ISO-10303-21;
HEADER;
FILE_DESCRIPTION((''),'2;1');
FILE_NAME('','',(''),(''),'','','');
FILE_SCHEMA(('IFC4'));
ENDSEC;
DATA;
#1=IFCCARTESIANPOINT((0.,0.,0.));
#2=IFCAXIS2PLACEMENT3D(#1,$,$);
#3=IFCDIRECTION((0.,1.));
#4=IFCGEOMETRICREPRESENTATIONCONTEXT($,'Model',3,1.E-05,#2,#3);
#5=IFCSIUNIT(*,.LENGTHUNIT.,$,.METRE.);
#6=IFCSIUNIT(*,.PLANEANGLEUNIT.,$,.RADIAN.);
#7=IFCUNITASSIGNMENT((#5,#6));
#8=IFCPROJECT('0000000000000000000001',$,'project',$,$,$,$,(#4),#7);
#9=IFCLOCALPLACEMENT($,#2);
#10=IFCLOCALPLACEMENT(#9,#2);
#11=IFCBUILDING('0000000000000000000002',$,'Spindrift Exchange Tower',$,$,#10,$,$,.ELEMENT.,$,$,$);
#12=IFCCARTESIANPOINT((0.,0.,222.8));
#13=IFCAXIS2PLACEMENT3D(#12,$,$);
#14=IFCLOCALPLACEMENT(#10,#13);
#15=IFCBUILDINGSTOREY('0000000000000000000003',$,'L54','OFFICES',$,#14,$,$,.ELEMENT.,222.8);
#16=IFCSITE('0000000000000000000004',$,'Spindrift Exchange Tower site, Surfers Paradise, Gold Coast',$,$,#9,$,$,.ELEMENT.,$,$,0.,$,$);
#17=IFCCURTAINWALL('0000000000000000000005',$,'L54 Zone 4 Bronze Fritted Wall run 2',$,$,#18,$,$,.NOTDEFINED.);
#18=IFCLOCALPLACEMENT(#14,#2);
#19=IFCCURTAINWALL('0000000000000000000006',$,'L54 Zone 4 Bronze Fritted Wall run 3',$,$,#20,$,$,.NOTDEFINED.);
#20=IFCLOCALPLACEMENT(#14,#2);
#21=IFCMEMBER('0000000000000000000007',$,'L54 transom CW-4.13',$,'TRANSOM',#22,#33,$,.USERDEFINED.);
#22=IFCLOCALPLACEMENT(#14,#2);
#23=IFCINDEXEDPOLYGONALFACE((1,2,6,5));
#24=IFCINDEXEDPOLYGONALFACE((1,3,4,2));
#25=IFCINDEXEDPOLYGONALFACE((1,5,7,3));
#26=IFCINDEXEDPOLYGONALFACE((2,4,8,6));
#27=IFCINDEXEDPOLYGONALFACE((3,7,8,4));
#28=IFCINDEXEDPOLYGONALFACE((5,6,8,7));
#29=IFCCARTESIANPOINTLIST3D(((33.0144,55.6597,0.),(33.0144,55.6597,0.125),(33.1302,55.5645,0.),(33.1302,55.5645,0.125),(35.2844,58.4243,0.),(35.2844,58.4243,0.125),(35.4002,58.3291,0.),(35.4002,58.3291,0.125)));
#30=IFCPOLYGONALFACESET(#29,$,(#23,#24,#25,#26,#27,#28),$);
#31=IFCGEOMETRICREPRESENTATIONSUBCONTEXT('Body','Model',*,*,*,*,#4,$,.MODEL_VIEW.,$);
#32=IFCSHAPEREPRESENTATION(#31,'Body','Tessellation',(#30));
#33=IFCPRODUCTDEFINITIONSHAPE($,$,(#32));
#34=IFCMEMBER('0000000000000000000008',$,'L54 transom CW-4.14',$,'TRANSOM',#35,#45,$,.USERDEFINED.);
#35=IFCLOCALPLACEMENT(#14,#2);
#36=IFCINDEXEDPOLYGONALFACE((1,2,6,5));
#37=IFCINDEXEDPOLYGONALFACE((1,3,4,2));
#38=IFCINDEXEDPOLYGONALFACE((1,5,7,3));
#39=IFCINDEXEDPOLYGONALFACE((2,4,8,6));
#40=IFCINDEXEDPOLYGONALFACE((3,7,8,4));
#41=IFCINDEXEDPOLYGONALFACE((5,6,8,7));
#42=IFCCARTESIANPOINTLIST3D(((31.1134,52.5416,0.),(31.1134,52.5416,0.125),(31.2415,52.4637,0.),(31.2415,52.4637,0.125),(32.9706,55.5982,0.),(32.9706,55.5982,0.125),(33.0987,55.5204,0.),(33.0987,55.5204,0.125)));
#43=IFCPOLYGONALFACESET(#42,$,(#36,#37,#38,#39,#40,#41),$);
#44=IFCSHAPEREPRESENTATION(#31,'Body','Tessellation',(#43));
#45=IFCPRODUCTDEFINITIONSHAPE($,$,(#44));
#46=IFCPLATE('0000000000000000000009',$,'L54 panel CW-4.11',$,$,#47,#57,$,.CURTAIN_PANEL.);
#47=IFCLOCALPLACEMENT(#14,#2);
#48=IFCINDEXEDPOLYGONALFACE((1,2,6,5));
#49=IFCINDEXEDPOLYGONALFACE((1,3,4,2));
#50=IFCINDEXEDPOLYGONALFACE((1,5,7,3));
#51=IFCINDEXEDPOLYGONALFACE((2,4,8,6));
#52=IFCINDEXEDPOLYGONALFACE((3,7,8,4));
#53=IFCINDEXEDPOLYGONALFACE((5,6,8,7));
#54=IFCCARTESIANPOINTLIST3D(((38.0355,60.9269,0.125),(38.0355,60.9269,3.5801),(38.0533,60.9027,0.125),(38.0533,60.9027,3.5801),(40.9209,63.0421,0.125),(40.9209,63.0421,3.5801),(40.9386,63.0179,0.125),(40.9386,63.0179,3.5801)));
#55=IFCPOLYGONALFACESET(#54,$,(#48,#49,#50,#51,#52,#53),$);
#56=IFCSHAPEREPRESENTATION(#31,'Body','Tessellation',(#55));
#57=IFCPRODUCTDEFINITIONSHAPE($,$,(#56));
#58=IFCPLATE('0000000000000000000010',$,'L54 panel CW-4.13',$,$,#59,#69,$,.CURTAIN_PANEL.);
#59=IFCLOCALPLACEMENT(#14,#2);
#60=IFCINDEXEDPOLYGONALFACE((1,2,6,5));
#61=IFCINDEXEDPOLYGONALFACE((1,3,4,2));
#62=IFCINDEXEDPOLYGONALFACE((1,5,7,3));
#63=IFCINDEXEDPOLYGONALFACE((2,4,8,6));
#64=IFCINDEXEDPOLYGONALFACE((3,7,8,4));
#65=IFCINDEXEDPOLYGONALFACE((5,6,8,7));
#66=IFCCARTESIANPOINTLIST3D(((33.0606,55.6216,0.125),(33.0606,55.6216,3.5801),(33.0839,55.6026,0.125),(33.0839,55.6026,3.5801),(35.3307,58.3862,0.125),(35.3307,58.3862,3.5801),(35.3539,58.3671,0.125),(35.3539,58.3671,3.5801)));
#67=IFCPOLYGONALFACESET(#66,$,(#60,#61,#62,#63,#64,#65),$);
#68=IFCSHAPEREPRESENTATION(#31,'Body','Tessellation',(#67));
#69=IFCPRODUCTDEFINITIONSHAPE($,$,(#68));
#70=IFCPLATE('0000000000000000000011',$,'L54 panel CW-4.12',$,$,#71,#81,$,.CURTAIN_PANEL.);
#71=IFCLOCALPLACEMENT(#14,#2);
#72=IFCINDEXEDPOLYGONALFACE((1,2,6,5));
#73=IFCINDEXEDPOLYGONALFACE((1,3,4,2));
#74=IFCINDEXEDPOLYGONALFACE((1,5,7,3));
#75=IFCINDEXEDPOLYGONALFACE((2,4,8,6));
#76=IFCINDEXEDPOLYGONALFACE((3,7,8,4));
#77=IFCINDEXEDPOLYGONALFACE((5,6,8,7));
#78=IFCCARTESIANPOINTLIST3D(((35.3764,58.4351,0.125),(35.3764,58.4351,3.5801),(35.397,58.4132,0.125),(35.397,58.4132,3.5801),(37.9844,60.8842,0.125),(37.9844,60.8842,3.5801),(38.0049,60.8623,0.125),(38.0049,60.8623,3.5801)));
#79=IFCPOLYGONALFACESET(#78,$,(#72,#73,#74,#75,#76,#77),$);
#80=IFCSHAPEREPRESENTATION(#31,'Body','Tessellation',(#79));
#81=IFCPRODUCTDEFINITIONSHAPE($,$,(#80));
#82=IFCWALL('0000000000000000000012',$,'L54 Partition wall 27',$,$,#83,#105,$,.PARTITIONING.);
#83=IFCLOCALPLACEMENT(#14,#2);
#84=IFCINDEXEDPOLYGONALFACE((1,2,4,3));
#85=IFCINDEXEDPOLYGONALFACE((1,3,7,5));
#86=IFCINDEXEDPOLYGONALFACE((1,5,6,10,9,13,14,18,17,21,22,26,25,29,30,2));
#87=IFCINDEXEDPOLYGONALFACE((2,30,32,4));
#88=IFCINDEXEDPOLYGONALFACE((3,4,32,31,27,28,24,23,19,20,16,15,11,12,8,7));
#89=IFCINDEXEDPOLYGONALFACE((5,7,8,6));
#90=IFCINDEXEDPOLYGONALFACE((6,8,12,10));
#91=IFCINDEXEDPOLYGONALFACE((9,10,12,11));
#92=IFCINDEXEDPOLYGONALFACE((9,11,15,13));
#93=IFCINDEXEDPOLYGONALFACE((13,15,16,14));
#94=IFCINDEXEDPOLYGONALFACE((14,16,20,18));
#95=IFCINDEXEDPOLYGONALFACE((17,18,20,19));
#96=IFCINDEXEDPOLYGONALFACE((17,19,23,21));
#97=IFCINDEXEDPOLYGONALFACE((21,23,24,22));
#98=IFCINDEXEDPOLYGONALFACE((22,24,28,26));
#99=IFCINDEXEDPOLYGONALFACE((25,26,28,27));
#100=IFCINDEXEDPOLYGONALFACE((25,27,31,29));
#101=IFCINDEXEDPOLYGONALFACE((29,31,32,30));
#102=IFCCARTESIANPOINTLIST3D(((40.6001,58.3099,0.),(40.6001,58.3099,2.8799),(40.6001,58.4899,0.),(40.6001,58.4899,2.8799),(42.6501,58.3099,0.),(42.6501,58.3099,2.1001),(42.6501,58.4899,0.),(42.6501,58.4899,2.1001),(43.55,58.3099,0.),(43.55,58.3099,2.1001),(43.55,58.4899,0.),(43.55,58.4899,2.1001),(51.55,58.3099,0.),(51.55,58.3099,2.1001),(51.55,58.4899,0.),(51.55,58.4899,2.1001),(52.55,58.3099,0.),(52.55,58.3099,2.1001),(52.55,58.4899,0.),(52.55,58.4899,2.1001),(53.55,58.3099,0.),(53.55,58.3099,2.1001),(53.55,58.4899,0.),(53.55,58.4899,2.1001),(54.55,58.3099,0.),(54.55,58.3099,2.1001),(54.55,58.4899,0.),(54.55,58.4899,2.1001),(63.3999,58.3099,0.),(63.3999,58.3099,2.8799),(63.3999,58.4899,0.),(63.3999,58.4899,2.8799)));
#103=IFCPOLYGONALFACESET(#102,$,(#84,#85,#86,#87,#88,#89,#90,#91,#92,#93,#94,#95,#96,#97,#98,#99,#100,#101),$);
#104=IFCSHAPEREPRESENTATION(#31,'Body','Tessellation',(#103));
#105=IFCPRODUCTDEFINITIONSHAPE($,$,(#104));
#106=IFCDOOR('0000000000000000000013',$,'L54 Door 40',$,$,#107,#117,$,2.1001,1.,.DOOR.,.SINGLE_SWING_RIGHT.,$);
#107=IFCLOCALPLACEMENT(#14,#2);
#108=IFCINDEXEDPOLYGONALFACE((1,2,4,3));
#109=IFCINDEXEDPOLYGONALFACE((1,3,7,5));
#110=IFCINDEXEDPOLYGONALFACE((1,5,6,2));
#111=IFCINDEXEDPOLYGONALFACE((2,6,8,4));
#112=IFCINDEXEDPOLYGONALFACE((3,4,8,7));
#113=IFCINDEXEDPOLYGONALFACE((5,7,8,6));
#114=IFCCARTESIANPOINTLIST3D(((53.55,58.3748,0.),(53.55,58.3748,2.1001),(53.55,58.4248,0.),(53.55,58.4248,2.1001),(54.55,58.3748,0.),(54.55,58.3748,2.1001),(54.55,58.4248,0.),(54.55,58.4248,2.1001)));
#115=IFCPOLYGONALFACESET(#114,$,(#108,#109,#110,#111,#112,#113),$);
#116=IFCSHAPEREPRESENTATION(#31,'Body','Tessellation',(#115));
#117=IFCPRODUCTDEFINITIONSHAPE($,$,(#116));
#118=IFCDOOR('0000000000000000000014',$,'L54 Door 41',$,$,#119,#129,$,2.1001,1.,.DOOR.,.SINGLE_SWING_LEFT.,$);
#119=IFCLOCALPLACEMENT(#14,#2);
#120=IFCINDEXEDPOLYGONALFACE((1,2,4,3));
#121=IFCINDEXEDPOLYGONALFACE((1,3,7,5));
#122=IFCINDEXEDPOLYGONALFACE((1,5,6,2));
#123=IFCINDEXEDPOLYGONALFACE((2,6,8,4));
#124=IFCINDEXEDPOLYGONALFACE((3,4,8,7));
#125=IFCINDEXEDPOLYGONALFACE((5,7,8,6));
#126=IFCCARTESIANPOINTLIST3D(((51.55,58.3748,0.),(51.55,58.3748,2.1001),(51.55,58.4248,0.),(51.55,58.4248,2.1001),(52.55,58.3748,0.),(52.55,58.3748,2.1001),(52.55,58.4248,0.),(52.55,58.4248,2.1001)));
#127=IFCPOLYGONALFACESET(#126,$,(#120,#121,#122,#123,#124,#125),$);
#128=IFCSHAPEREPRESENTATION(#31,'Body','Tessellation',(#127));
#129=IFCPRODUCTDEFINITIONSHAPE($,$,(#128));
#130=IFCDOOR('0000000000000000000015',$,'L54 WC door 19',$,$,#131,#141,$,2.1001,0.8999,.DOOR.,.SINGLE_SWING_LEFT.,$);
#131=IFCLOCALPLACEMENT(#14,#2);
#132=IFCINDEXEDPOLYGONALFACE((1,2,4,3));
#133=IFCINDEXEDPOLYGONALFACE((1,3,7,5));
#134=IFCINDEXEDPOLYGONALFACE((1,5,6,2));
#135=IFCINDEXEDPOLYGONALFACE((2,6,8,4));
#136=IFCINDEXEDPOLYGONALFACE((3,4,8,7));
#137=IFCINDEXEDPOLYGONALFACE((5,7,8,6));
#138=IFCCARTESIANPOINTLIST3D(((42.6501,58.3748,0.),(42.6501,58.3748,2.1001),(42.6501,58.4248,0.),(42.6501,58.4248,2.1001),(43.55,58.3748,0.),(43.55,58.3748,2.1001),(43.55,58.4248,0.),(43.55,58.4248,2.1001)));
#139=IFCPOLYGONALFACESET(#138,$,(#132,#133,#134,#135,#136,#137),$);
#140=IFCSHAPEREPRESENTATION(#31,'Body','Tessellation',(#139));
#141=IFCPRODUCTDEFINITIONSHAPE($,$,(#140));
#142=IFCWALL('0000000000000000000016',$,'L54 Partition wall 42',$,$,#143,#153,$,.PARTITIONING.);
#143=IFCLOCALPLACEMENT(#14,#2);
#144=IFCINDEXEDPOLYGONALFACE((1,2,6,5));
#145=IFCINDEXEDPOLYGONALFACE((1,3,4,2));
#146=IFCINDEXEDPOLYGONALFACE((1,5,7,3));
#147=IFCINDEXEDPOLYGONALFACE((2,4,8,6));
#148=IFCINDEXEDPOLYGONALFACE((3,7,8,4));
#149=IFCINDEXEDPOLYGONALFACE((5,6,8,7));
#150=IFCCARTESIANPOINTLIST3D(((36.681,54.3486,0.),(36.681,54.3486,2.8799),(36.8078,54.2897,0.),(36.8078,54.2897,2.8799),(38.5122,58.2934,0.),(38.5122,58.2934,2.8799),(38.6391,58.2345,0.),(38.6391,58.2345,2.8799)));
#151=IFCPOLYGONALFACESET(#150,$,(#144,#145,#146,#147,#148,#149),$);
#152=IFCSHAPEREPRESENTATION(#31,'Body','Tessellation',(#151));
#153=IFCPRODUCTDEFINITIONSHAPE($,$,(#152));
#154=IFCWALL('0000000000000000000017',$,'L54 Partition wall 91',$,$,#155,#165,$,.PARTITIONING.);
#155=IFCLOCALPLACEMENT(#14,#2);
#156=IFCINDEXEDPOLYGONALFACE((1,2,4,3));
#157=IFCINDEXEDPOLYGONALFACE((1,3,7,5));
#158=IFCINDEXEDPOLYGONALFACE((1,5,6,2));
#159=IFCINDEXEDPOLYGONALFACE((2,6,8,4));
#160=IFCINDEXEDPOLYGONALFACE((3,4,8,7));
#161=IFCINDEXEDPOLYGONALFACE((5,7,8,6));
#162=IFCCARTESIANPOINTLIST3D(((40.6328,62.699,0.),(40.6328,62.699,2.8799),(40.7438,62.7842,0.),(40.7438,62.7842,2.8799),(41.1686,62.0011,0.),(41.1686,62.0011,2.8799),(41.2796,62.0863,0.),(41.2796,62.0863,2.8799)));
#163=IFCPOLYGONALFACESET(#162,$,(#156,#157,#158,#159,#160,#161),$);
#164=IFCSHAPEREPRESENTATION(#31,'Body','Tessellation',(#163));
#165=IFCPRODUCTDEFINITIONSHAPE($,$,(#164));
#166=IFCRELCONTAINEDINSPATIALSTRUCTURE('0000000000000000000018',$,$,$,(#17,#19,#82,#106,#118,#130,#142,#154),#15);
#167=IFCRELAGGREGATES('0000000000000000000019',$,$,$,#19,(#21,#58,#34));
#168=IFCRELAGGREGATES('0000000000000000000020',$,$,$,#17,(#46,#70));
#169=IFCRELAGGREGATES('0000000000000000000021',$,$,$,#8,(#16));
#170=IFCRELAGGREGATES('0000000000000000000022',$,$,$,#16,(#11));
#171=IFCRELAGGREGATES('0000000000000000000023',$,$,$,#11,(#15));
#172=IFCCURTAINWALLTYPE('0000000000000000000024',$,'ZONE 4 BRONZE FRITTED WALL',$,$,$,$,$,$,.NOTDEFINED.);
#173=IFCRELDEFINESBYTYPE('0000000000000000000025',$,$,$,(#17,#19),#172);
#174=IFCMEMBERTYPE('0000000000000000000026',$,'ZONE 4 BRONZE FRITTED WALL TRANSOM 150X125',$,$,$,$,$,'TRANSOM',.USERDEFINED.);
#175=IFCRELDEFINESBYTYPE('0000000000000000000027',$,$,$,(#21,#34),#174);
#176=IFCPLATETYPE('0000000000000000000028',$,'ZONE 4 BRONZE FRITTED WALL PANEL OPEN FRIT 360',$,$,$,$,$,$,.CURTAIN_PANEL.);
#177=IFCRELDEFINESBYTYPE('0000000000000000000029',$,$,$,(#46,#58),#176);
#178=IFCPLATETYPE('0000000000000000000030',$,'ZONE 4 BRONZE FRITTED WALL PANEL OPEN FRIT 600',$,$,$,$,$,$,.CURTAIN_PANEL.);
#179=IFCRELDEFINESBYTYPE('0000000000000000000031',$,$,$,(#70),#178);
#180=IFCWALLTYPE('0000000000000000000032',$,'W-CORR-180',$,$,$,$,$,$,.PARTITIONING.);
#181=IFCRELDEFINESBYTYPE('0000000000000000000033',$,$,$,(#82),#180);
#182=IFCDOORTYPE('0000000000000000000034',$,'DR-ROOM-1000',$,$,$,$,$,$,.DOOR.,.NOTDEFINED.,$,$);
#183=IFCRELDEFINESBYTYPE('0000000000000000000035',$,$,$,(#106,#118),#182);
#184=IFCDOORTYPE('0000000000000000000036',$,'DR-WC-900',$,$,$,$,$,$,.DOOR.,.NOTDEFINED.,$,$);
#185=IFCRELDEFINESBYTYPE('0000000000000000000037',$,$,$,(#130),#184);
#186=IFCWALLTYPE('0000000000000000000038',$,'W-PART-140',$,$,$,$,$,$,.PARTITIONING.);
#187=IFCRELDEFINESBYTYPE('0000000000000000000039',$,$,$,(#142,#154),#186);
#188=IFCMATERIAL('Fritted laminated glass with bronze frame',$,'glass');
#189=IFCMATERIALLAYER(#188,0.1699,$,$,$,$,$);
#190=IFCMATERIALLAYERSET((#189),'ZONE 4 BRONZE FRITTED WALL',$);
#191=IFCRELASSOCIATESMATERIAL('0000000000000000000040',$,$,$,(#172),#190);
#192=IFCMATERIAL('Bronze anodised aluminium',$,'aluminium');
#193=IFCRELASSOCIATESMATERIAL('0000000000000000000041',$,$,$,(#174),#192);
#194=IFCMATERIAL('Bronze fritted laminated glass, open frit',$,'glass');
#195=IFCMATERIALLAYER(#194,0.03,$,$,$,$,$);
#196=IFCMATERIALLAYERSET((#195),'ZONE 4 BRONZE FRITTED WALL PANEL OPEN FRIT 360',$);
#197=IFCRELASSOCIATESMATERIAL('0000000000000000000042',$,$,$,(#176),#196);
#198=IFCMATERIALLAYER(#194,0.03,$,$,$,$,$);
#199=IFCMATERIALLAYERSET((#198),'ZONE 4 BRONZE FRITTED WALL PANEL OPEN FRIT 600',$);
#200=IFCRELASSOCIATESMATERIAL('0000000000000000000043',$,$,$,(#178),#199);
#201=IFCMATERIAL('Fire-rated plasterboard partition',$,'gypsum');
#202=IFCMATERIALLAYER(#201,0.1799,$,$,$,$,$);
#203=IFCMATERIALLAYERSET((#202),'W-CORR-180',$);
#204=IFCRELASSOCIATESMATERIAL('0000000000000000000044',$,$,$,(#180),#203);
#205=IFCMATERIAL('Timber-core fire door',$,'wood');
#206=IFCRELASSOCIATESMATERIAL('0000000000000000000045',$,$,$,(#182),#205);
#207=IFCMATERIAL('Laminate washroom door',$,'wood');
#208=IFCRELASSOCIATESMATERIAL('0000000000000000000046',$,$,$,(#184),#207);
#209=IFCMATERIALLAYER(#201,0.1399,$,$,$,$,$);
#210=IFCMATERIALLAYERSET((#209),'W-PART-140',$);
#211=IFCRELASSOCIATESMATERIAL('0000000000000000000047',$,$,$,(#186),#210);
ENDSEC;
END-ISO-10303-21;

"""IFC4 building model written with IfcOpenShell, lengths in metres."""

from ifc_helpers import new_model, si_unit, direction, frame, frame_2d, origin, origin_2d, place, context, subcontext, project, spatial, rectangle, extrude, source, transform, mapped, material, layer, layer_set, material_profile, profile_set, type_object, element, fill, aggregate, save


model = new_model("IFC4")

# Units and contexts
model_context = context("Model", 3, precision=1e-05, world=origin(), true_north=direction((0.0, 1.0)))
body_context = subcontext(model_context, "Body", "Model", "MODEL_VIEW")
ifc_project = project(units=[si_unit("LENGTHUNIT", "METRE"), si_unit("PLANEANGLEUNIT", "RADIAN")], contexts=[model_context])

# Site, building, storey
site_placement = place(None, origin())
site = spatial("IfcSite", under=ifc_project, at=site_placement, Name="Spindrift Exchange Tower site, Surfers Paradise, Gold Coast", CompositionType="ELEMENT", RefElevation=0.0)
building_placement = place(site_placement, origin())
building = spatial("IfcBuilding", under=site, at=building_placement, Name="Spindrift Exchange Tower", CompositionType="ELEMENT")
storey_placement = place(building_placement, frame((0.0, 0.0, 222.8)))
storey = spatial("IfcBuildingStorey", under=building, at=storey_placement, Name="L54", Description="OFFICES", CompositionType="ELEMENT", Elevation=222.8)

# Curtain walls
ifc_material_1 = material(Name="Fritted laminated glass with bronze frame", Category="glass")
ifc_layer_1 = layer(ifc_material_1, 0.1699)
ifc_layer_set_1 = layer_set([ifc_layer_1], Name="ZONE 4 BRONZE FRITTED WALL")
curtain_wall_type = type_object("IfcCurtainWallType", Name="ZONE 4 BRONZE FRITTED WALL", PredefinedType="NOTDEFINED", material=ifc_layer_set_1)
curtain_wall_1_placement = place(storey_placement, origin())
curtain_wall_1 = element("IfcCurtainWall", 1, at=curtain_wall_1_placement, inside=storey, type_object=curtain_wall_type, Name="L54 Zone 4 Bronze Fritted Wall run 2", PredefinedType="NOTDEFINED")
ifc_material_2 = material(Name="Bronze anodised aluminium", Category="aluminium")
curtain_wall_2_placement = place(storey_placement, origin())
curtain_wall_2 = element("IfcCurtainWall", 2, at=curtain_wall_2_placement, inside=storey, type_object=curtain_wall_type, Name="L54 Zone 4 Bronze Fritted Wall run 3", PredefinedType="NOTDEFINED")

# Members
ifc_material_profile_1 = material_profile(ifc_material_2, rectangle(XDim=0.1499, YDim=0.125, at=origin_2d()), Name="ZONE 4 BRONZE FRITTED WALL TRANSOM 150X125")
ifc_profile_set_1 = profile_set([ifc_material_profile_1], Name="Bronze anodised aluminium")
member_type_1 = type_object("IfcMemberType", Name="ZONE 4 BRONZE FRITTED WALL TRANSOM 150X125", ElementType="TRANSOM", PredefinedType="USERDEFINED", material=ifc_profile_set_1)
shared_shape_1 = source(origin(), body_context, "Body", "SweptSolid", [
    extrude(rectangle(XDim=0.1499, YDim=0.125, at=origin_2d()), origin(), (0.0, 0.0, 1.0), 3.5771),
])
member_1_placement = place(storey_placement, frame((35.3423, 58.3767, 0.0625), z_axis=(-0.634582, -0.772855, 0.0), x_axis=(0.772855, -0.634582, 0.0)))
member_1 = element("IfcMember", 3, at=member_1_placement, type_object=member_type_1, Name="L54 transom CW-4.13", ObjectType="TRANSOM", PredefinedType="USERDEFINED", context=body_context, shape_type="MappedRepresentation", body=[
    mapped(shared_shape_1, transform((0.0, 0.0, 0.0), scale=1.0)),
])
shared_shape_2 = source(origin(), body_context, "Body", "SweptSolid", [
    extrude(rectangle(XDim=0.1499, YDim=0.125, at=origin_2d()), origin(), (0.0, 0.0, 1.0), 3.5767),
])
member_2_placement = place(storey_placement, frame((33.0347, 55.5593, 0.0625), z_axis=(-0.519256, -0.854619, 0.0), x_axis=(0.854619, -0.519256, 0.0)))
member_2 = element("IfcMember", 4, at=member_2_placement, type_object=member_type_1, Name="L54 transom CW-4.14", ObjectType="TRANSOM", PredefinedType="USERDEFINED", context=body_context, shape_type="MappedRepresentation", body=[
    mapped(shared_shape_2, transform((0.0, 0.0, 0.0), scale=1.0)),
])

# Plates
ifc_material_3 = material(Name="Bronze fritted laminated glass, open frit", Category="glass")
ifc_layer_2 = layer(ifc_material_3, 0.03)
ifc_layer_set_2 = layer_set([ifc_layer_2], Name="ZONE 4 BRONZE FRITTED WALL PANEL OPEN FRIT 360")
plate_type_1 = type_object("IfcPlateType", Name="ZONE 4 BRONZE FRITTED WALL PANEL OPEN FRIT 360", PredefinedType="CURTAIN_PANEL", material=ifc_layer_set_2)
shared_shape_3 = source(origin(), body_context, "Body", "SweptSolid", [
    extrude(rectangle(XDim=3.5776, YDim=0.03, at=origin_2d()), origin(), (0.0, 0.0, 1.0), 3.4551),
])
plate_1_placement = place(storey_placement, frame((39.4871, 61.9724, 0.125), z_axis=(0.0, 0.0, 1.0), x_axis=(-0.806495, -0.591241, 0.0)))
plate_1 = element("IfcPlate", 5, at=plate_1_placement, type_object=plate_type_1, Name="L54 panel CW-4.11", PredefinedType="CURTAIN_PANEL", context=body_context, shape_type="MappedRepresentation", body=[
    mapped(shared_shape_3, transform((0.0, 0.0, 0.0), scale=1.0)),
])
shared_shape_4 = source(origin(), body_context, "Body", "SweptSolid", [
    extrude(rectangle(XDim=3.5771, YDim=0.03, at=origin_2d()), origin(), (0.0, 0.0, 1.0), 3.4551),
])
plate_2_placement = place(storey_placement, frame((34.2073, 56.9944, 0.125), z_axis=(0.0, 0.0, 1.0), x_axis=(-0.634598, -0.772842, 0.0)))
plate_2 = element("IfcPlate", 6, at=plate_2_placement, type_object=plate_type_1, Name="L54 panel CW-4.13", PredefinedType="CURTAIN_PANEL", context=body_context, shape_type="MappedRepresentation", body=[
    mapped(shared_shape_4, transform((0.0, 0.0, 0.0), scale=1.0)),
])
aggregate(curtain_wall_2, [member_1, plate_2, member_2])
ifc_layer_3 = layer(ifc_material_3, 0.03)
ifc_layer_set_3 = layer_set([ifc_layer_3], Name="ZONE 4 BRONZE FRITTED WALL PANEL OPEN FRIT 600")
plate_type_2 = type_object("IfcPlateType", Name="ZONE 4 BRONZE FRITTED WALL PANEL OPEN FRIT 600", PredefinedType="CURTAIN_PANEL", material=ifc_layer_set_3)
shared_shape_5 = source(origin(), body_context, "Body", "SweptSolid", [
    extrude(rectangle(XDim=3.5776, YDim=0.03, at=origin_2d()), origin(), (0.0, 0.0, 1.0), 3.4551),
])
plate_3_placement = place(storey_placement, frame((36.6907, 59.6487, 0.125), z_axis=(0.0, 0.0, 1.0), x_axis=(-0.728954, -0.684562, 0.0)))
plate_3 = element("IfcPlate", 7, at=plate_3_placement, type_object=plate_type_2, Name="L54 panel CW-4.12", PredefinedType="CURTAIN_PANEL", context=body_context, shape_type="MappedRepresentation", body=[
    mapped(shared_shape_5, transform((0.0, 0.0, 0.0), scale=1.0)),
])
aggregate(curtain_wall_1, [plate_1, plate_3])

# Wall, openings, doors
ifc_material_4 = material(Name="Fire-rated plasterboard partition", Category="gypsum")
ifc_layer_4 = layer(ifc_material_4, 0.1799)
ifc_layer_set_4 = layer_set([ifc_layer_4], Name="W-CORR-180")
wall_type_1 = type_object("IfcWallType", Name="W-CORR-180", PredefinedType="PARTITIONING", material=ifc_layer_set_4)
wall_1_placement = place(storey_placement, frame((40.6001, 58.3999, 0.0), z_axis=(0.0, 0.0, 1.0), x_axis=(1.0, 0.0, 0.0)))
wall_1 = element("IfcWall", 8, at=wall_1_placement, inside=storey, type_object=wall_type_1, Name="L54 Partition wall 27", PredefinedType="PARTITIONING", context=body_context, shape_type="SweptSolid", body=[
    extrude(rectangle(XDim=22.7998, YDim=0.1799, at=frame_2d((11.3999, 0.0))), origin(), (0.0, 0.0, 1.0), 2.8799),
])
opening_1_placement = place(wall_1_placement, frame((2.05, 0.0, 0.0)))
opening_1 = element("IfcOpeningElement", 9, at=opening_1_placement, cuts=wall_1, PredefinedType="OPENING", context=body_context, shape_type="SweptSolid", body=[
    extrude(rectangle(XDim=0.8999, YDim=2.1001, at=frame_2d((0.45, 1.05))), frame((0.0, 0.0999, 0.0), z_axis=(0.0, -1.0, 0.0), x_axis=(1.0, 0.0, 0.0)), (0.0, 0.0, 1.0), 0.2),
])
opening_2_placement = place(wall_1_placement, frame((12.95, 0.0, 0.0)))
opening_2 = element("IfcOpeningElement", 10, at=opening_2_placement, cuts=wall_1, PredefinedType="OPENING", context=body_context, shape_type="SweptSolid", body=[
    extrude(rectangle(XDim=1.0, YDim=2.1001, at=frame_2d((0.5, 1.05))), frame((0.0, 0.0999, 0.0), z_axis=(0.0, -1.0, 0.0), x_axis=(1.0, 0.0, 0.0)), (0.0, 0.0, 1.0), 0.2),
])
opening_3_placement = place(wall_1_placement, frame((10.95, 0.0, 0.0)))
opening_3 = element("IfcOpeningElement", 11, at=opening_3_placement, cuts=wall_1, PredefinedType="OPENING", context=body_context, shape_type="SweptSolid", body=[
    extrude(rectangle(XDim=1.0, YDim=2.1001, at=frame_2d((0.5, 1.05))), frame((0.0, 0.0999, 0.0), z_axis=(0.0, -1.0, 0.0), x_axis=(1.0, 0.0, 0.0)), (0.0, 0.0, 1.0), 0.2),
])
ifc_material_5 = material(Name="Timber-core fire door", Category="wood")
door_type_1 = type_object("IfcDoorType", Name="DR-ROOM-1000", OperationType="NOTDEFINED", PredefinedType="DOOR", material=ifc_material_5)
shared_shape_6 = source(origin(), body_context, "Body", "SweptSolid", [
    extrude(rectangle(XDim=1.0, YDim=2.1001, at=frame_2d((0.5, 1.05))), frame((0.0, 0.0249, 0.0), z_axis=(0.0, -1.0, 0.0), x_axis=(1.0, 0.0, 0.0)), (0.0, 0.0, 1.0), 0.05),
])
door_1_placement = place(opening_2_placement, origin())
door_1 = element("IfcDoor", 12, at=door_1_placement, inside=storey, type_object=door_type_1, Name="L54 Door 40", OperationType="SINGLE_SWING_RIGHT", OverallHeight=2.1001, OverallWidth=1.0, PredefinedType="DOOR", context=body_context, shape_type="MappedRepresentation", body=[
    mapped(shared_shape_6, transform((0.0, 0.0, 0.0), scale=1.0)),
])
fill(opening_2, door_1)
door_2_placement = place(opening_3_placement, origin())
door_2 = element("IfcDoor", 13, at=door_2_placement, inside=storey, type_object=door_type_1, Name="L54 Door 41", OperationType="SINGLE_SWING_LEFT", OverallHeight=2.1001, OverallWidth=1.0, PredefinedType="DOOR", context=body_context, shape_type="MappedRepresentation", body=[
    mapped(shared_shape_6, transform((0.0, 0.0, 0.0), scale=1.0)),
])
fill(opening_3, door_2)
ifc_material_6 = material(Name="Laminate washroom door", Category="wood")
door_type_2 = type_object("IfcDoorType", Name="DR-WC-900", OperationType="NOTDEFINED", PredefinedType="DOOR", material=ifc_material_6)
shared_shape_7 = source(origin(), body_context, "Body", "SweptSolid", [
    extrude(rectangle(XDim=0.8999, YDim=2.1001, at=frame_2d((0.45, 1.05))), frame((0.0, 0.0249, 0.0), z_axis=(0.0, -1.0, 0.0), x_axis=(1.0, 0.0, 0.0)), (0.0, 0.0, 1.0), 0.05),
])
door_3_placement = place(opening_1_placement, origin())
door_3 = element("IfcDoor", 14, at=door_3_placement, inside=storey, type_object=door_type_2, Name="L54 WC door 19", OperationType="SINGLE_SWING_LEFT", OverallHeight=2.1001, OverallWidth=0.8999, PredefinedType="DOOR", context=body_context, shape_type="MappedRepresentation", body=[
    mapped(shared_shape_7, transform((0.0, 0.0, 0.0), scale=1.0)),
])
fill(opening_1, door_3)

# Walls
ifc_layer_5 = layer(ifc_material_4, 0.1399)
ifc_layer_set_5 = layer_set([ifc_layer_5], Name="W-PART-140")
wall_type_2 = type_object("IfcWallType", Name="W-PART-140", PredefinedType="PARTITIONING", material=ifc_layer_set_5)
wall_2_placement = place(storey_placement, frame((38.5757, 58.2639, 0.0), z_axis=(0.0, 0.0, 1.0), x_axis=(-0.421068, -0.907029, 0.0)))
element("IfcWall", 15, at=wall_2_placement, inside=storey, type_object=wall_type_2, Name="L54 Partition wall 42", PredefinedType="PARTITIONING", context=body_context, shape_type="SweptSolid", body=[
    extrude(rectangle(XDim=4.3491, YDim=0.1399, at=frame_2d((2.1746, 0.0))), origin(), (0.0, 0.0, 1.0), 2.8799),
])
wall_3_placement = place(storey_placement, frame((41.2241, 62.0437, 0.0), z_axis=(0.0, 0.0, 1.0), x_axis=(-0.608973, 0.793191, 0.0)))
element("IfcWall", 16, at=wall_3_placement, inside=storey, type_object=wall_type_2, Name="L54 Partition wall 91", PredefinedType="PARTITIONING", context=body_context, shape_type="SweptSolid", body=[
    extrude(rectangle(XDim=0.8799, YDim=0.1399, at=frame_2d((0.4399, 0.0))), origin(), (0.0, 0.0, 1.0), 2.8799),
])

save(model, "model.ifc")
